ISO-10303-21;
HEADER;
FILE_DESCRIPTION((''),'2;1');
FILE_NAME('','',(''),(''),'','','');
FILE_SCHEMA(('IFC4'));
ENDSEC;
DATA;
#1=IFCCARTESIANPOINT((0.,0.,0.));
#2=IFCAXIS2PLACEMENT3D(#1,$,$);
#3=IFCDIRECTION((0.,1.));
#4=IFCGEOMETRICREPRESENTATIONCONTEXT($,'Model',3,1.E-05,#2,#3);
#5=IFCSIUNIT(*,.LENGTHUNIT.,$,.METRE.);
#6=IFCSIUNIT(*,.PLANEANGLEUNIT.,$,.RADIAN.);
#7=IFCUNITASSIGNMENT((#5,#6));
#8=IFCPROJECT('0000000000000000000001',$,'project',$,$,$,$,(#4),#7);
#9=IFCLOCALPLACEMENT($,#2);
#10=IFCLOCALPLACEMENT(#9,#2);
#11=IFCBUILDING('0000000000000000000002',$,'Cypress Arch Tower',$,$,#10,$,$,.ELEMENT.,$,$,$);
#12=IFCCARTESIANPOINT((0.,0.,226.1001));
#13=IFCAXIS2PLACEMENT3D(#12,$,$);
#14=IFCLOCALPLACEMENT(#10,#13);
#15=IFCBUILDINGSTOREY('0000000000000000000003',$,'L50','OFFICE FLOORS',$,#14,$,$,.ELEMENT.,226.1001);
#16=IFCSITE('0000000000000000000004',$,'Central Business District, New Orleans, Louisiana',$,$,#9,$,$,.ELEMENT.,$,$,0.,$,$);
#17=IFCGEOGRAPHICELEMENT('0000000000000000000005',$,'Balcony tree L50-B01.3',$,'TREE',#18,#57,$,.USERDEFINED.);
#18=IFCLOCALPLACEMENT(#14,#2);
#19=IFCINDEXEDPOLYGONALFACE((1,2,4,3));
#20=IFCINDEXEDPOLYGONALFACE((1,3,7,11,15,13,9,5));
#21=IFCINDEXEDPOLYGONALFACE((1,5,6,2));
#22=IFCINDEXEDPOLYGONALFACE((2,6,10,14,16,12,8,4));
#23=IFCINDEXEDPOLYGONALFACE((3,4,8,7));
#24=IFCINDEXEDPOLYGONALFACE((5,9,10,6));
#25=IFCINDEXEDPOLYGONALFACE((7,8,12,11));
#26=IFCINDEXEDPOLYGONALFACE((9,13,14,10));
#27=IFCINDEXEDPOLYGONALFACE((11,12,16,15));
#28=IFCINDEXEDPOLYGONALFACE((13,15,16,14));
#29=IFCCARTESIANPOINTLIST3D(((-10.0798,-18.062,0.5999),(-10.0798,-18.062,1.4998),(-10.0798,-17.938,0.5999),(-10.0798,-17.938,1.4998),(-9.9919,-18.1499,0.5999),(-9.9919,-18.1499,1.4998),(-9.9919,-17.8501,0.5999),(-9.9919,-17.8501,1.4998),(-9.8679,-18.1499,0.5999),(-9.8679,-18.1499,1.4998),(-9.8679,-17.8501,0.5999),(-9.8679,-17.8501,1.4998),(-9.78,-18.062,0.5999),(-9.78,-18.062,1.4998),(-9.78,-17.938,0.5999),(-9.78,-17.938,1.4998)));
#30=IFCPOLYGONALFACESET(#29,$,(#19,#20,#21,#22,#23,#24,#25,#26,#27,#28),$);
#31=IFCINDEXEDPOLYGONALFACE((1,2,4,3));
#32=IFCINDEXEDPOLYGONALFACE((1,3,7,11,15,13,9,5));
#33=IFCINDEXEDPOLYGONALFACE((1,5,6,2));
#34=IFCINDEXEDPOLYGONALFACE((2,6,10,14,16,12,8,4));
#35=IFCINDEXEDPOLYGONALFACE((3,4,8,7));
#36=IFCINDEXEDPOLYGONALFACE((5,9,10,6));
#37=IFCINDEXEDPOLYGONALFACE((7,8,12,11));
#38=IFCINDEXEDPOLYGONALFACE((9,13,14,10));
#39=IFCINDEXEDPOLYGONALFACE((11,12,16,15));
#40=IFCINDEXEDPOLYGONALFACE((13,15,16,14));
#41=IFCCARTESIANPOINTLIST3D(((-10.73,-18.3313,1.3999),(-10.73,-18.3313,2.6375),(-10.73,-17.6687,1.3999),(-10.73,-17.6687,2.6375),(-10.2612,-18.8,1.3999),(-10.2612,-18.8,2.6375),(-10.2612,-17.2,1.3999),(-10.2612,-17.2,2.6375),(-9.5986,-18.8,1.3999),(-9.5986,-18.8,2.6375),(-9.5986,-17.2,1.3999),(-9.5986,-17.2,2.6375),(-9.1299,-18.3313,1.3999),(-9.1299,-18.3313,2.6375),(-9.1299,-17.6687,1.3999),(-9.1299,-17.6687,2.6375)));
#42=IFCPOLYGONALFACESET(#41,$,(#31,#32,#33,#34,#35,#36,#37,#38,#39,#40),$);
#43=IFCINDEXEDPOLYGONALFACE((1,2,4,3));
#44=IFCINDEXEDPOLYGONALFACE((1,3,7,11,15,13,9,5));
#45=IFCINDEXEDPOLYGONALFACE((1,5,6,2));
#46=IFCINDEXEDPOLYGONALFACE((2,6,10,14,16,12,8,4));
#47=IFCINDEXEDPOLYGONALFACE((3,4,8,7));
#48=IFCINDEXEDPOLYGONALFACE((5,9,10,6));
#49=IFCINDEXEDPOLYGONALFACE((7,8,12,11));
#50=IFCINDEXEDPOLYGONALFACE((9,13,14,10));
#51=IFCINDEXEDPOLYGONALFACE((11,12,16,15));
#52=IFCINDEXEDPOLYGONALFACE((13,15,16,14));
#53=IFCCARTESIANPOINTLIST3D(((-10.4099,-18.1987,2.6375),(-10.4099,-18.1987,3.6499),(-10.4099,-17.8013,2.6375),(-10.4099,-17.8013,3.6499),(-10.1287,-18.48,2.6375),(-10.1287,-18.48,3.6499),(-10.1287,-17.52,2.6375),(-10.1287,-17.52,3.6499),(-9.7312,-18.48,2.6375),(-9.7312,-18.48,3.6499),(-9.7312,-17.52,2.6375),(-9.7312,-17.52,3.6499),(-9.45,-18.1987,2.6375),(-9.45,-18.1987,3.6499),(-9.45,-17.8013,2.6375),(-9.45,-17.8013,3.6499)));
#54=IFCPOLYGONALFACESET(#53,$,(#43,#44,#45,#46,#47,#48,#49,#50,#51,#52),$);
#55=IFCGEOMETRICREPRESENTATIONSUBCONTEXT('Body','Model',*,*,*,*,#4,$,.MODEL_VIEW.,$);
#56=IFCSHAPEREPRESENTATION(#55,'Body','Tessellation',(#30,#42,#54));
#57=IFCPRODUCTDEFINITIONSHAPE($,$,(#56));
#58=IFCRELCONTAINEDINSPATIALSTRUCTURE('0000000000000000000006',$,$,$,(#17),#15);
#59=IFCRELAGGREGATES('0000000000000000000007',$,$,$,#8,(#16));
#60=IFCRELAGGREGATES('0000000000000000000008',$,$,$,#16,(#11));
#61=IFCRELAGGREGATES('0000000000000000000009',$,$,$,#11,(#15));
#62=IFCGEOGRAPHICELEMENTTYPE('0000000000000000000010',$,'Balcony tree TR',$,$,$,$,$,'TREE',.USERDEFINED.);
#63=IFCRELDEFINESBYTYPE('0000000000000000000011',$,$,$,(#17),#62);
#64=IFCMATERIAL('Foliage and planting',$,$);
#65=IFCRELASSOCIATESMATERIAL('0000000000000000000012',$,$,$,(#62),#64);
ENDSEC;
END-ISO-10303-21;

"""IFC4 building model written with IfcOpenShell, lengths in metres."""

from ifc_helpers import new_model, si_unit, direction, frame, origin, place, context, subcontext, project, spatial, polyline, outline, extrude, material, type_object, element, save


model = new_model("IFC4")

# Units and contexts
model_context = context("Model", 3, precision=1e-05, world=origin(), true_north=direction((0.0, 1.0)))
body_context = subcontext(model_context, "Body", "Model", "MODEL_VIEW")
ifc_project = project(units=[si_unit("LENGTHUNIT", "METRE"), si_unit("PLANEANGLEUNIT", "RADIAN")], contexts=[model_context])

# Site, building, storey
site_placement = place(None, origin())
site = spatial("IfcSite", under=ifc_project, at=site_placement, Name="Central Business District, New Orleans, Louisiana", CompositionType="ELEMENT", RefElevation=0.0)
building_placement = place(site_placement, origin())
building = spatial("IfcBuilding", under=site, at=building_placement, Name="Cypress Arch Tower", CompositionType="ELEMENT")
storey_placement = place(building_placement, frame((0.0, 0.0, 226.1001)))
storey = spatial("IfcBuildingStorey", under=building, at=storey_placement, Name="L50", Description="OFFICE FLOORS", CompositionType="ELEMENT", Elevation=226.1001)

# Geographic element
ifc_material_1 = material(Name="Foliage and planting")
geographic_element_type = type_object("IfcGeographicElementType", Name="Balcony tree TR", ElementType="TREE", PredefinedType="USERDEFINED", material=ifc_material_1)
for number, where, z_axis, x_axis, name in (
    (1, (-9.9299, -18.0, 0.5999), (0.0, 0.0, 1.0), (1.0, 0.0, 0.0), "Balcony tree L50-B01.3"),
):
    element("IfcGeographicElement", number, at=place(storey_placement, frame(where, z_axis=z_axis, x_axis=x_axis)), inside=storey, type_object=geographic_element_type, Name=name, ObjectType="TREE", PredefinedType="USERDEFINED", context=body_context, shape_type="SweptSolid", body=[
        extrude(outline(polyline([(0.1499, 0.062), (0.062, 0.1499), (-0.062, 0.1499), (-0.1499, 0.062), (-0.1499, -0.062), (-0.062, -0.1499), (0.062, -0.1499), (0.1499, -0.062), (0.1499, 0.062)])), origin(), (0.0, 0.0, 1.0), 0.8999),
        extrude(outline(polyline([(0.8, 0.3313), (0.3313, 0.8), (-0.3313, 0.8), (-0.8, 0.3313), (-0.8, -0.3313), (-0.3313, -0.8), (0.3313, -0.8), (0.8, -0.3313), (0.8, 0.3313)])), frame((0.0, 0.0, 0.8)), (0.0, 0.0, 1.0), 1.2375),
        extrude(outline(polyline([(0.48, 0.1987), (0.1987, 0.48), (-0.1987, 0.48), (-0.48, 0.1987), (-0.48, -0.1987), (-0.1987, -0.48), (0.1987, -0.48), (0.48, -0.1987), (0.48, 0.1987)])), frame((0.0, 0.0, 2.0376)), (0.0, 0.0, 1.0), 1.0125),
    ])

save(model, "model.ifc")
